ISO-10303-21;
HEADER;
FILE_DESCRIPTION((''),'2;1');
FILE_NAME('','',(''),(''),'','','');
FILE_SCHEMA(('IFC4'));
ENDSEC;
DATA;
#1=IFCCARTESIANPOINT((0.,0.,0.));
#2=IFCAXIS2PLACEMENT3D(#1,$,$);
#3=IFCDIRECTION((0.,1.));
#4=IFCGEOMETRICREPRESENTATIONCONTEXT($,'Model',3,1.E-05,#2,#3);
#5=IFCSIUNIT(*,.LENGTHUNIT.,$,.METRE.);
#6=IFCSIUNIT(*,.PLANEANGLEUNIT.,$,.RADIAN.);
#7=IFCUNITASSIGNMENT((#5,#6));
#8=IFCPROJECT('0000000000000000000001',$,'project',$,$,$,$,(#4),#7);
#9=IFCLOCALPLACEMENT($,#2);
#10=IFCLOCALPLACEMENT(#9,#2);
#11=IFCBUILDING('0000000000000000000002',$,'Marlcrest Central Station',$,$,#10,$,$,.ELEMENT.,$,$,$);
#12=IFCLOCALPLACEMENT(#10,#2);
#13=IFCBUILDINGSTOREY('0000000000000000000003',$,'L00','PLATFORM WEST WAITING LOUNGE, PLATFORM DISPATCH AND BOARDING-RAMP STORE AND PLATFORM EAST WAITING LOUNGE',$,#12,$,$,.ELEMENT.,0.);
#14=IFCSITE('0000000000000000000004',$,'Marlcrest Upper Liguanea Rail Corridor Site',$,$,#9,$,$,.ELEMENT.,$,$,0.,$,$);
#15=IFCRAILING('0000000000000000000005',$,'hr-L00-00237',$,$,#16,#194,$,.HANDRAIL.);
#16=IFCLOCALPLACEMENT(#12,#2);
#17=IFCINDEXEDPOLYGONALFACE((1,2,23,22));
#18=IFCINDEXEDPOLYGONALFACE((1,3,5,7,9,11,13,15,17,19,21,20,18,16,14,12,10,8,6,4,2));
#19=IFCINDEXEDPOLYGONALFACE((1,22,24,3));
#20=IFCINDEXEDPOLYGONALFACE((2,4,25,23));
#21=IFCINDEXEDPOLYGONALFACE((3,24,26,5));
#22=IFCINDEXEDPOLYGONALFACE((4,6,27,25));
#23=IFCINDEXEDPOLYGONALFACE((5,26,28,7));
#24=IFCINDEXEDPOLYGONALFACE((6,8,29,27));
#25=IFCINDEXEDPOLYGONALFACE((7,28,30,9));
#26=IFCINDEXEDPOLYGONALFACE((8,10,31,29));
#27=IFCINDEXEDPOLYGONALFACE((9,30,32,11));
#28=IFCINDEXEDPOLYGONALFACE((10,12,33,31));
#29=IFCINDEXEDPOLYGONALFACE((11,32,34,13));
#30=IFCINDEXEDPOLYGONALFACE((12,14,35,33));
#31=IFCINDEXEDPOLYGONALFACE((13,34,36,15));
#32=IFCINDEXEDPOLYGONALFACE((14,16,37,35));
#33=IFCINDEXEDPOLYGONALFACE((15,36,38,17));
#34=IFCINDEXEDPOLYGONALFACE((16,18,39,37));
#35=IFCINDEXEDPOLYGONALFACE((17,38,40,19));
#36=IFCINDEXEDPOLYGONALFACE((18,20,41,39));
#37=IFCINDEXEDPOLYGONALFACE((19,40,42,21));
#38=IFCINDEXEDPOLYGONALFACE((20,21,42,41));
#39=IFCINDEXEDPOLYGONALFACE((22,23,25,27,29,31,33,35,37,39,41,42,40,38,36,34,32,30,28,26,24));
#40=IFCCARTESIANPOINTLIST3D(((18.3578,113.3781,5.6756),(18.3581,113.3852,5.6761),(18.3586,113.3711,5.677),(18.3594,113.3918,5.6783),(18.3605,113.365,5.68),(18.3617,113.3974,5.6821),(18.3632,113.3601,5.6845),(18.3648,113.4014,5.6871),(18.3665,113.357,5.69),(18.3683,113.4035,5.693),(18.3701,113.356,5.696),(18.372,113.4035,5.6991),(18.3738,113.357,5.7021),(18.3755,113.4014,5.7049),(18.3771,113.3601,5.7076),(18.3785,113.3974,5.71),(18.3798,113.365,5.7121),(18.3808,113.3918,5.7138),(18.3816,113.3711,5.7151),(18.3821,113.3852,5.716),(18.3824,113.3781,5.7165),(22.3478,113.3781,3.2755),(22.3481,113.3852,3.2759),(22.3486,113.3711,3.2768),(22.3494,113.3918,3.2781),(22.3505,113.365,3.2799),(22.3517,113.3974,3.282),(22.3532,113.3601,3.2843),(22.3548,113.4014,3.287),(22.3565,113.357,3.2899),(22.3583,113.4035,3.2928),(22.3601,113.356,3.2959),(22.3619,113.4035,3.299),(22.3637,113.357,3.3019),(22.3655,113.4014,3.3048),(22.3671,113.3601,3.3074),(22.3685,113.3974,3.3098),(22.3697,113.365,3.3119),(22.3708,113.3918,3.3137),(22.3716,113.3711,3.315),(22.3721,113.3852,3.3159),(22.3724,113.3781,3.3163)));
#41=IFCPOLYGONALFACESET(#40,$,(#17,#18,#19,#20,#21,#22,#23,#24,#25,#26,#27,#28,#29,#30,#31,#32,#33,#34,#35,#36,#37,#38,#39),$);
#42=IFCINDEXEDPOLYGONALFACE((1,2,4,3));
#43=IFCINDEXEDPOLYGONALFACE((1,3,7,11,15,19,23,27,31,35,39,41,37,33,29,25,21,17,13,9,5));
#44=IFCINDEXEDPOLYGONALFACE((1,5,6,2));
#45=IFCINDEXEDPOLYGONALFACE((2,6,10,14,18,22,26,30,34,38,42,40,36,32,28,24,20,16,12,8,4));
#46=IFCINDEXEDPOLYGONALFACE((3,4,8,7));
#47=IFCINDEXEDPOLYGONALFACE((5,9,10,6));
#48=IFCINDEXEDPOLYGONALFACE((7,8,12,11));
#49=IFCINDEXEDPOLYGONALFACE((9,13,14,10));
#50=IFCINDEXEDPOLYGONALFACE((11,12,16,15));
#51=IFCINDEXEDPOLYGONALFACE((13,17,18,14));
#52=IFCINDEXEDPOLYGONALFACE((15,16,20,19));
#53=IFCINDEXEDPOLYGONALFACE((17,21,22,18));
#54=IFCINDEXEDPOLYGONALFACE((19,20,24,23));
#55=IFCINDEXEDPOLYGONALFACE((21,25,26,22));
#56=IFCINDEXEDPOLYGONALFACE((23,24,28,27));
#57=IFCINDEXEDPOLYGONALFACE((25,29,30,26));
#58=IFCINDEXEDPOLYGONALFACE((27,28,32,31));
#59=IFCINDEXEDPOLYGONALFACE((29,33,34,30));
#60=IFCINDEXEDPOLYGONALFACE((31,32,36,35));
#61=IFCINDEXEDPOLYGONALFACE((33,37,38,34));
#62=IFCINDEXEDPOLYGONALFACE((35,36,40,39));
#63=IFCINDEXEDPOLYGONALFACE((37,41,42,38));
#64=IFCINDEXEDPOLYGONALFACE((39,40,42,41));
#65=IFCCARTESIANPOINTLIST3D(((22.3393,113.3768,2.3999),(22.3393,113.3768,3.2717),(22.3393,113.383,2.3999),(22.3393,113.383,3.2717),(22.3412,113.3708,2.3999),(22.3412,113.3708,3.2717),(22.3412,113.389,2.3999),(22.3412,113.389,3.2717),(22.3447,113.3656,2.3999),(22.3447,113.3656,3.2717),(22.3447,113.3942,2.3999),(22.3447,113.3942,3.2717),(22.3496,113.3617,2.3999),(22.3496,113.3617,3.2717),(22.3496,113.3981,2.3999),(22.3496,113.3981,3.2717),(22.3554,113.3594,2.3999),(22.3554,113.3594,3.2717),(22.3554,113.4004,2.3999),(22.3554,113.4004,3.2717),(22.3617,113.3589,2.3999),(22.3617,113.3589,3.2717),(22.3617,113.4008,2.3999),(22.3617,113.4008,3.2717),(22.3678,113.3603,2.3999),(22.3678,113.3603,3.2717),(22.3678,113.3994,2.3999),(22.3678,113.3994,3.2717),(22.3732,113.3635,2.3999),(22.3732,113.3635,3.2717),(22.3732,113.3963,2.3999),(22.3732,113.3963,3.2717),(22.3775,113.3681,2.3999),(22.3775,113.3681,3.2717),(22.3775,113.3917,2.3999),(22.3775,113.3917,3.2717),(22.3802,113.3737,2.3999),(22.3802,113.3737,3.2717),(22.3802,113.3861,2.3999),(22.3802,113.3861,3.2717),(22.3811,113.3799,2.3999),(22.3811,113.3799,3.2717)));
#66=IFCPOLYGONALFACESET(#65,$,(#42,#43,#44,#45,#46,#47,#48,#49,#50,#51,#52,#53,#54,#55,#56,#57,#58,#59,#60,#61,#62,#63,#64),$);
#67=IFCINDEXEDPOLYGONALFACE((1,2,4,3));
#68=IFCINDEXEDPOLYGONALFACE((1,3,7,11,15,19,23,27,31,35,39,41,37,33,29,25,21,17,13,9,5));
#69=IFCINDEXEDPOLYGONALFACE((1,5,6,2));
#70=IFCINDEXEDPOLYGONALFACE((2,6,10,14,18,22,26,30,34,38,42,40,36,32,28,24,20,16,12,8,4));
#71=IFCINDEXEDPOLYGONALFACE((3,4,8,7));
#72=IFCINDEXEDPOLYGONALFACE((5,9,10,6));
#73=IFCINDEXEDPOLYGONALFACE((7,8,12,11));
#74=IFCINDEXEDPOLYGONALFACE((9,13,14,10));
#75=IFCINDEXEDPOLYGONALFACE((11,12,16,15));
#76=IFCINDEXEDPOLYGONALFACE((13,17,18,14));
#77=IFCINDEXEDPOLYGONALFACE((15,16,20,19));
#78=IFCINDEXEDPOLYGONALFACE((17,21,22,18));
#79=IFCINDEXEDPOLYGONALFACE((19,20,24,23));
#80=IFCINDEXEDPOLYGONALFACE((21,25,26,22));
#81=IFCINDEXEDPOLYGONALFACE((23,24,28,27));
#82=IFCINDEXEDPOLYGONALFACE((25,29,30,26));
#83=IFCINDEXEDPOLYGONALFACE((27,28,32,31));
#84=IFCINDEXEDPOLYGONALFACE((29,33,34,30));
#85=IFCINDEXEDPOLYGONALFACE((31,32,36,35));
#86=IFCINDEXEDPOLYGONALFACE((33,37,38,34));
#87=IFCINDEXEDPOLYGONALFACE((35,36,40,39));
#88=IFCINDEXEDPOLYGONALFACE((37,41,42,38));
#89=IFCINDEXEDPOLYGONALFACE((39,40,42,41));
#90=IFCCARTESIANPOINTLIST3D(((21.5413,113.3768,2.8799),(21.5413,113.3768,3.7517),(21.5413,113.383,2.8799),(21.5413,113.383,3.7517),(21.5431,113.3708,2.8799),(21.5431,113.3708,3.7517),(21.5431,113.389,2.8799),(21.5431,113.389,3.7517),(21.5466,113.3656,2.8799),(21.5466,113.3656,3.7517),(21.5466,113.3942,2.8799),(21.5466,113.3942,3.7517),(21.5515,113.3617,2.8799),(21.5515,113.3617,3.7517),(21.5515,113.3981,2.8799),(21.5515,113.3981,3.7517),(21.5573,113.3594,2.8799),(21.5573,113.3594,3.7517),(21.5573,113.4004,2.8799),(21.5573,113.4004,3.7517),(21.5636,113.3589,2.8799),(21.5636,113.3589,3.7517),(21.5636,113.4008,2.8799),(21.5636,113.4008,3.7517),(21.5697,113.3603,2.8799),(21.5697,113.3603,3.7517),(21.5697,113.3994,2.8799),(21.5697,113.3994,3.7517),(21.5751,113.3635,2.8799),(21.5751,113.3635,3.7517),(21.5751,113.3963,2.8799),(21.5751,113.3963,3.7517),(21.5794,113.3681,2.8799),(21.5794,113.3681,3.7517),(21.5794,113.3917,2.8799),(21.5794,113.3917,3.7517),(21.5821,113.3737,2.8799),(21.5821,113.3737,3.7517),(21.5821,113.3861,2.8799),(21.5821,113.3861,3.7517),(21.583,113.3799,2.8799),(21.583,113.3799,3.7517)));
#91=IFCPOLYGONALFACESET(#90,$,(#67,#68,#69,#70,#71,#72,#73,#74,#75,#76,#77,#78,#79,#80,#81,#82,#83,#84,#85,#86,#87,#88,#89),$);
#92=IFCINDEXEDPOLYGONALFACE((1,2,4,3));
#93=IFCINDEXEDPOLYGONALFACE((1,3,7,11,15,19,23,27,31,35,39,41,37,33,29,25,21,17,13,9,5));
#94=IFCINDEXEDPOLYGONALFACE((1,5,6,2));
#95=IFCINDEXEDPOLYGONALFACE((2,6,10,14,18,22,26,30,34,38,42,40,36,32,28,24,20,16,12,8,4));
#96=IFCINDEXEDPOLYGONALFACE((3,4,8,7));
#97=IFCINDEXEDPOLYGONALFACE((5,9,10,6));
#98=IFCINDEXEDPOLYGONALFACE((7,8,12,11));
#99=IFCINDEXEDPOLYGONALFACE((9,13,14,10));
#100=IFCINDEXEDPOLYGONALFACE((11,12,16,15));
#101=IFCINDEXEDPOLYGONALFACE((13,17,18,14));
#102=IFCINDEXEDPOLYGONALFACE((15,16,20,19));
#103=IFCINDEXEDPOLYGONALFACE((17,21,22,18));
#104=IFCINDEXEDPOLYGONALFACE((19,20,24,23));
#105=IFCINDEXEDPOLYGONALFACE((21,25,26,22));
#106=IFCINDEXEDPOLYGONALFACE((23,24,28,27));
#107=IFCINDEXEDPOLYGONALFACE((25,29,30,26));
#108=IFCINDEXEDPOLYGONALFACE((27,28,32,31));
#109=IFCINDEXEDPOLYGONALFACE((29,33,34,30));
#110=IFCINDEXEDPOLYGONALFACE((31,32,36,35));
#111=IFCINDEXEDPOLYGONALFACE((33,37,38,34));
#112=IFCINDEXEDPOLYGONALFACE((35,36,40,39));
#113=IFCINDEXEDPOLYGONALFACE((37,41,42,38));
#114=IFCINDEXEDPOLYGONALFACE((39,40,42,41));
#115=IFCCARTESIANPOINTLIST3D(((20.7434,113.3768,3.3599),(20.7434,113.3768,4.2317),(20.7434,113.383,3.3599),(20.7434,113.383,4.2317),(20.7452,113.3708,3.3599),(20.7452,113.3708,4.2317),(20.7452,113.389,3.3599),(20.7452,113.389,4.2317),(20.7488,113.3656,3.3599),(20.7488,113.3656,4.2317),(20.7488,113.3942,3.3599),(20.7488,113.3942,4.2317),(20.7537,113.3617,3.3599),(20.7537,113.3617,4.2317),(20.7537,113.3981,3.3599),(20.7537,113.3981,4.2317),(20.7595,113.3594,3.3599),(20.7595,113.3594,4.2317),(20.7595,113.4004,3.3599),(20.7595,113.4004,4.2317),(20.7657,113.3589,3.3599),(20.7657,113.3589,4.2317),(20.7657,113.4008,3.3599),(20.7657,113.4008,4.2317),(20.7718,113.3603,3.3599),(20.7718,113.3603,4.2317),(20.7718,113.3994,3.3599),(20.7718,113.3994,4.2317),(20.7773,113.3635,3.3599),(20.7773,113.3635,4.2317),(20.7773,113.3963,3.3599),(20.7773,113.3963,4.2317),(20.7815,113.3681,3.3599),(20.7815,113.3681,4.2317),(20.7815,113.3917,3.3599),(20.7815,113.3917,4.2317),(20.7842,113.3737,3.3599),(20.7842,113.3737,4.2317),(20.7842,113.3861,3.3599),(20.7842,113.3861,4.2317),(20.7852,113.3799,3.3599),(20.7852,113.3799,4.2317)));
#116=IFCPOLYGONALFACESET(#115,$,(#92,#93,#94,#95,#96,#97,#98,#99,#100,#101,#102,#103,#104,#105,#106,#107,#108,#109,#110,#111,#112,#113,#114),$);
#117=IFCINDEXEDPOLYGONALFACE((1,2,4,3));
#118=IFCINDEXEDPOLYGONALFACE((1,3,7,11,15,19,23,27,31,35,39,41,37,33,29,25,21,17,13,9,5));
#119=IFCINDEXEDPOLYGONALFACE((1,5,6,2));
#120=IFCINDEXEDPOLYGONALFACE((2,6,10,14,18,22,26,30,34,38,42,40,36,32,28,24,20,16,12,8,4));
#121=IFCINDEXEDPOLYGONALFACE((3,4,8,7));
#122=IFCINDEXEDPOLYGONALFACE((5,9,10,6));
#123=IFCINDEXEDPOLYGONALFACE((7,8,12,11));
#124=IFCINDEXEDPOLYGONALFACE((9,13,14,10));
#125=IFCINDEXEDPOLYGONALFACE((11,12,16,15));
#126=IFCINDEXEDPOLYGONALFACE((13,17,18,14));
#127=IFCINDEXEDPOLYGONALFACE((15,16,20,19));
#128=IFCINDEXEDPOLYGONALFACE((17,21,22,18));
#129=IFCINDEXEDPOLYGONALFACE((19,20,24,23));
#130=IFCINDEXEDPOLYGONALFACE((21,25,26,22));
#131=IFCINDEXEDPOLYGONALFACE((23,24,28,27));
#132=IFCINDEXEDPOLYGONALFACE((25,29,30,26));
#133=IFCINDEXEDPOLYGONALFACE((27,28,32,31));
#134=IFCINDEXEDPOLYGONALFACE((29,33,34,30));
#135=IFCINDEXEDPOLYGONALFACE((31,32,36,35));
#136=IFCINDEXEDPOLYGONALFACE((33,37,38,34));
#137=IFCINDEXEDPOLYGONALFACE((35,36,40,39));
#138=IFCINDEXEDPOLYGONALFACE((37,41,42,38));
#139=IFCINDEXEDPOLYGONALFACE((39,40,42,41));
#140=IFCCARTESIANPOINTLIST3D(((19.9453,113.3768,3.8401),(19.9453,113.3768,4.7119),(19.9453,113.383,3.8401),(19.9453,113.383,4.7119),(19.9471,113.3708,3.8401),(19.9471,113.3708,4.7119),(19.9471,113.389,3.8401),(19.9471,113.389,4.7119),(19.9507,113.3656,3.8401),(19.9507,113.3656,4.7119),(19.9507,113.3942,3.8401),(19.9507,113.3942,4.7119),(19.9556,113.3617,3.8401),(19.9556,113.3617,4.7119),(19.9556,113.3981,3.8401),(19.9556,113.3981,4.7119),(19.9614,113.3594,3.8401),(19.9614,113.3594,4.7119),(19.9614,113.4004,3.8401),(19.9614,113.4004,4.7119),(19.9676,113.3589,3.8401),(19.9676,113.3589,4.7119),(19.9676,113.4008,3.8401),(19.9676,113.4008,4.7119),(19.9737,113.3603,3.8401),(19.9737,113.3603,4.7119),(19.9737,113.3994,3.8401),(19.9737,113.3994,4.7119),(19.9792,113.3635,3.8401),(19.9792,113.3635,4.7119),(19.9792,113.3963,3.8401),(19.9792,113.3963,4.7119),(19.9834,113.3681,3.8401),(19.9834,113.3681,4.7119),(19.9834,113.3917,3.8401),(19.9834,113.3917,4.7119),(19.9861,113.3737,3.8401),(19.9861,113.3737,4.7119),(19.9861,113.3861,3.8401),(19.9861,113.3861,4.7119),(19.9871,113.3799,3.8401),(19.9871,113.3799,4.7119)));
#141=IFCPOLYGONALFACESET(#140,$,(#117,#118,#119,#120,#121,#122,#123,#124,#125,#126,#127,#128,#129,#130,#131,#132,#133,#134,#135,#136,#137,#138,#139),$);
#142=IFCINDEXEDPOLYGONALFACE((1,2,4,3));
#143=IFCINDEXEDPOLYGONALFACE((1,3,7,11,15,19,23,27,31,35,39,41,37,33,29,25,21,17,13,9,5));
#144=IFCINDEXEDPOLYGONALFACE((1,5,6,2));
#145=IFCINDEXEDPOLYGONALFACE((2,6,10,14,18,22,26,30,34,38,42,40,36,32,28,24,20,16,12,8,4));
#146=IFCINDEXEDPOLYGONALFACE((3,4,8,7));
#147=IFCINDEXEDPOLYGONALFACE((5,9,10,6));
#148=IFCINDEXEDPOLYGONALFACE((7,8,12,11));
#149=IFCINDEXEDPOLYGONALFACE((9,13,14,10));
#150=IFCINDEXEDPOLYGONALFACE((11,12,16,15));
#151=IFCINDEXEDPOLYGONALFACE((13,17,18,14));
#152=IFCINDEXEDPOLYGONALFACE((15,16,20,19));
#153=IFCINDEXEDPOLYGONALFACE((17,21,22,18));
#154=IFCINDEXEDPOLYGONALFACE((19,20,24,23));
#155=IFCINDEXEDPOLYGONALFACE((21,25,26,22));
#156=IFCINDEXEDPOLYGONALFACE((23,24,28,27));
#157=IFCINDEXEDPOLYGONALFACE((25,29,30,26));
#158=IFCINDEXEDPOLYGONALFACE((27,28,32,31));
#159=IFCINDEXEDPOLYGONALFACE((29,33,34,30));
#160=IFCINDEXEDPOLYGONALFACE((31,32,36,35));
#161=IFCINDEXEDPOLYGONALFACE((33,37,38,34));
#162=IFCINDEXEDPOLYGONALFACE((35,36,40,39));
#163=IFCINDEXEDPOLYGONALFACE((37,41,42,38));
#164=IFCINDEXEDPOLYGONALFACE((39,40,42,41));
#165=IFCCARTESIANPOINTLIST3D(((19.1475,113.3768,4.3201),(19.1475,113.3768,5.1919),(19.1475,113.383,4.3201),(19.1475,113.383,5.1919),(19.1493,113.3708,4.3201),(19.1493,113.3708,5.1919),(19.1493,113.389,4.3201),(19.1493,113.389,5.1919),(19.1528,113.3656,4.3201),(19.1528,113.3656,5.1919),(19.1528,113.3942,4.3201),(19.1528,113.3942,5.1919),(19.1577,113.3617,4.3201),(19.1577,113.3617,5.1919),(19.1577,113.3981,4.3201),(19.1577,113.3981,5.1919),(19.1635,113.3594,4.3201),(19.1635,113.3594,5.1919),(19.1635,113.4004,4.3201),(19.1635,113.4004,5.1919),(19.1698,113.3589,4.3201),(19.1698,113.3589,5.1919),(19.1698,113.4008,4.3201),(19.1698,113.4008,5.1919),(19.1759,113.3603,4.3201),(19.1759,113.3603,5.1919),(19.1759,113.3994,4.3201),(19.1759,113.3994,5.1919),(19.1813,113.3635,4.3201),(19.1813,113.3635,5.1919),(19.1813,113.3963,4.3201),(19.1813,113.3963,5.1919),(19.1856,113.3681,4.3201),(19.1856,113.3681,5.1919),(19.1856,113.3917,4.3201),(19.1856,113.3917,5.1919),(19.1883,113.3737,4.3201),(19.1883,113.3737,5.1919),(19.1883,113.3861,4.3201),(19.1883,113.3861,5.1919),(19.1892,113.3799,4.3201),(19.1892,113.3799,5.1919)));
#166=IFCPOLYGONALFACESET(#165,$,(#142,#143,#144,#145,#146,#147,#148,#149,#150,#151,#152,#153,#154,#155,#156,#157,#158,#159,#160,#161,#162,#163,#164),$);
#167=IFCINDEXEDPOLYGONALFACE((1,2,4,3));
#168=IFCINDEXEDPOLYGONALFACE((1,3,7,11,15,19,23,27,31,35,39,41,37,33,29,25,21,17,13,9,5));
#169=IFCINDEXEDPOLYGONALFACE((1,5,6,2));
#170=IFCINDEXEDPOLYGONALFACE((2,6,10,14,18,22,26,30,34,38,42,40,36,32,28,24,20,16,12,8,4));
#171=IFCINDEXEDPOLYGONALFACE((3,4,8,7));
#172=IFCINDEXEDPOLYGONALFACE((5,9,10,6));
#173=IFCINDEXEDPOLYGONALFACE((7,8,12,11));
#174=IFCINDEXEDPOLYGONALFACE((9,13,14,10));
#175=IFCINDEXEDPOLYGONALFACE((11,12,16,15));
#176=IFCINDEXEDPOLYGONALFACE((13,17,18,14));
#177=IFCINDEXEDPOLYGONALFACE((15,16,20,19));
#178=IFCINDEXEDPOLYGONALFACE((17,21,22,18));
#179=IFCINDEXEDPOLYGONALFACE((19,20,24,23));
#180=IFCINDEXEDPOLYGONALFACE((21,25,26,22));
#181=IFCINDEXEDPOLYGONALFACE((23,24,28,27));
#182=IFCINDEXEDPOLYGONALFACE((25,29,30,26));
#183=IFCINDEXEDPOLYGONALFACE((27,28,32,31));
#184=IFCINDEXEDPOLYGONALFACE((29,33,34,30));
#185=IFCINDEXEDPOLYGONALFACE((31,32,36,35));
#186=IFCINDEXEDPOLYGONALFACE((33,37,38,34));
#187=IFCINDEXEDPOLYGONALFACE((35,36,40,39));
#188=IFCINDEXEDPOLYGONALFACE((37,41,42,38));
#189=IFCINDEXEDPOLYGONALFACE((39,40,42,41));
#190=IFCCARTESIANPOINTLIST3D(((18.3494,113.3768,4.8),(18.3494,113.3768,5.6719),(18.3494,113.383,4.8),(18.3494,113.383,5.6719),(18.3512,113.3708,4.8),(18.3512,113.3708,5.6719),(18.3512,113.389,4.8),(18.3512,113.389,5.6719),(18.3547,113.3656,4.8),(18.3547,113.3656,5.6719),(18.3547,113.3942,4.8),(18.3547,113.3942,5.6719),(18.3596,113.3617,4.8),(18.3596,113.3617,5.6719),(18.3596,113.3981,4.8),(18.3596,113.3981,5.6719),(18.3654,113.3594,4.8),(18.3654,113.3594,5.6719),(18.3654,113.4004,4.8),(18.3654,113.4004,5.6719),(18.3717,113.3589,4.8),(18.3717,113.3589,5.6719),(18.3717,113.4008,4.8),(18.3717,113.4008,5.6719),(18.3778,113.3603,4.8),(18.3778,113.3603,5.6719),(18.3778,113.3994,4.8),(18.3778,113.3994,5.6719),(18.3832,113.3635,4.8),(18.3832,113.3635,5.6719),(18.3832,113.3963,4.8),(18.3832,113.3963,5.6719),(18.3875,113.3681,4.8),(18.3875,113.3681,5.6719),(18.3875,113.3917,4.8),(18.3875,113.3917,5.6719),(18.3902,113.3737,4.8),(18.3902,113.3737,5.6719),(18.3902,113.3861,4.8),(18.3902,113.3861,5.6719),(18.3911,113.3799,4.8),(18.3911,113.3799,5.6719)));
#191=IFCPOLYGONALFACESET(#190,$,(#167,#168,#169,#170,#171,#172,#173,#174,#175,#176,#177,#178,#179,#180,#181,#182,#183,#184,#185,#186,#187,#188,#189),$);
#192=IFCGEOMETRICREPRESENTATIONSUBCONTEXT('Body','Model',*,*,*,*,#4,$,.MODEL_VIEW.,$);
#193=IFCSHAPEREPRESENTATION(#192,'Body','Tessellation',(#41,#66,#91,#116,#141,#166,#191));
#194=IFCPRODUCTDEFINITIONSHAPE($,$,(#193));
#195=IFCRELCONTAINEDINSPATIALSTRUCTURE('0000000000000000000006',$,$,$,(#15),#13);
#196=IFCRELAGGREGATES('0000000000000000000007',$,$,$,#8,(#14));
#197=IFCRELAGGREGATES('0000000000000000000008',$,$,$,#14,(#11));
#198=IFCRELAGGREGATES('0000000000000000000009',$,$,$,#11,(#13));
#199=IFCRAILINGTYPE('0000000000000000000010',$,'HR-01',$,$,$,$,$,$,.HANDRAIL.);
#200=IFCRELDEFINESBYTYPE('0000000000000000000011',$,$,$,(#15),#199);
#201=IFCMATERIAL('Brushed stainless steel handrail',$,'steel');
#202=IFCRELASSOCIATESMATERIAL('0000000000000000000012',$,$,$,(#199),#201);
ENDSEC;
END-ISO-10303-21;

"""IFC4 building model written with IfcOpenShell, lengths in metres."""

from ifc_helpers import new_model, si_unit, direction, frame, origin, origin_2d, place, context, subcontext, project, spatial, circle, extrude, material, type_object, element, save


model = new_model("IFC4")

# Units and contexts
model_context = context("Model", 3, precision=1e-05, world=origin(), true_north=direction((0.0, 1.0)))
body_context = subcontext(model_context, "Body", "Model", "MODEL_VIEW")
ifc_project = project(units=[si_unit("LENGTHUNIT", "METRE"), si_unit("PLANEANGLEUNIT", "RADIAN")], contexts=[model_context])

# Site, building, storey
site_placement = place(None, origin())
site = spatial("IfcSite", under=ifc_project, at=site_placement, Name="Marlcrest Upper Liguanea Rail Corridor Site", CompositionType="ELEMENT", RefElevation=0.0)
building_placement = place(site_placement, origin())
building = spatial("IfcBuilding", under=site, at=building_placement, Name="Marlcrest Central Station", CompositionType="ELEMENT")
storey_placement = place(building_placement, origin())
storey = spatial("IfcBuildingStorey", under=building, at=storey_placement, Name="L00", Description="PLATFORM WEST WAITING LOUNGE, PLATFORM DISPATCH AND BOARDING-RAMP STORE AND PLATFORM EAST WAITING LOUNGE", CompositionType="ELEMENT", Elevation=0.0)

# Railing
ifc_material_1 = material(Name="Brushed stainless steel handrail", Category="steel")
railing_type_1 = type_object("IfcRailingType", Name="HR-01", PredefinedType="HANDRAIL", material=ifc_material_1)
for number, where, name in (
    (1, (22.3601, 113.3799, 2.3999), "hr-L00-00237"),
):
    element("IfcRailing", number, at=place(storey_placement, frame(where)), inside=storey, type_object=railing_type_1, Name=name, PredefinedType="HANDRAIL", context=body_context, shape_type="SweptSolid", body=[
        extrude(circle(Radius=0.0239, at=origin_2d()), frame((0.0, 0.0, 0.896), z_axis=(-0.856909, 0.0, 0.515467), x_axis=(0.0, -1.0, 0.0)), (0.0, 0.0, 1.0), 4.6562),
        extrude(circle(Radius=0.021, at=origin_2d()), origin(), (0.0, 0.0, 1.0), 0.8718),
        extrude(circle(Radius=0.021, at=origin_2d()), frame((-0.7981, 0.0, 0.48)), (0.0, 0.0, 1.0), 0.8718),
        extrude(circle(Radius=0.021, at=origin_2d()), frame((-1.5959, 0.0, 0.96)), (0.0, 0.0, 1.0), 0.8718),
        extrude(circle(Radius=0.021, at=origin_2d()), frame((-2.394, 0.0, 1.4402)), (0.0, 0.0, 1.0), 0.8718),
        extrude(circle(Radius=0.021, at=origin_2d()), frame((-3.1919, 0.0, 1.9202)), (0.0, 0.0, 1.0), 0.8718),
        extrude(circle(Radius=0.021, at=origin_2d()), frame((-3.99, 0.0, 2.4001)), (0.0, 0.0, 1.0), 0.8718),
    ])

save(model, "model.ifc")
